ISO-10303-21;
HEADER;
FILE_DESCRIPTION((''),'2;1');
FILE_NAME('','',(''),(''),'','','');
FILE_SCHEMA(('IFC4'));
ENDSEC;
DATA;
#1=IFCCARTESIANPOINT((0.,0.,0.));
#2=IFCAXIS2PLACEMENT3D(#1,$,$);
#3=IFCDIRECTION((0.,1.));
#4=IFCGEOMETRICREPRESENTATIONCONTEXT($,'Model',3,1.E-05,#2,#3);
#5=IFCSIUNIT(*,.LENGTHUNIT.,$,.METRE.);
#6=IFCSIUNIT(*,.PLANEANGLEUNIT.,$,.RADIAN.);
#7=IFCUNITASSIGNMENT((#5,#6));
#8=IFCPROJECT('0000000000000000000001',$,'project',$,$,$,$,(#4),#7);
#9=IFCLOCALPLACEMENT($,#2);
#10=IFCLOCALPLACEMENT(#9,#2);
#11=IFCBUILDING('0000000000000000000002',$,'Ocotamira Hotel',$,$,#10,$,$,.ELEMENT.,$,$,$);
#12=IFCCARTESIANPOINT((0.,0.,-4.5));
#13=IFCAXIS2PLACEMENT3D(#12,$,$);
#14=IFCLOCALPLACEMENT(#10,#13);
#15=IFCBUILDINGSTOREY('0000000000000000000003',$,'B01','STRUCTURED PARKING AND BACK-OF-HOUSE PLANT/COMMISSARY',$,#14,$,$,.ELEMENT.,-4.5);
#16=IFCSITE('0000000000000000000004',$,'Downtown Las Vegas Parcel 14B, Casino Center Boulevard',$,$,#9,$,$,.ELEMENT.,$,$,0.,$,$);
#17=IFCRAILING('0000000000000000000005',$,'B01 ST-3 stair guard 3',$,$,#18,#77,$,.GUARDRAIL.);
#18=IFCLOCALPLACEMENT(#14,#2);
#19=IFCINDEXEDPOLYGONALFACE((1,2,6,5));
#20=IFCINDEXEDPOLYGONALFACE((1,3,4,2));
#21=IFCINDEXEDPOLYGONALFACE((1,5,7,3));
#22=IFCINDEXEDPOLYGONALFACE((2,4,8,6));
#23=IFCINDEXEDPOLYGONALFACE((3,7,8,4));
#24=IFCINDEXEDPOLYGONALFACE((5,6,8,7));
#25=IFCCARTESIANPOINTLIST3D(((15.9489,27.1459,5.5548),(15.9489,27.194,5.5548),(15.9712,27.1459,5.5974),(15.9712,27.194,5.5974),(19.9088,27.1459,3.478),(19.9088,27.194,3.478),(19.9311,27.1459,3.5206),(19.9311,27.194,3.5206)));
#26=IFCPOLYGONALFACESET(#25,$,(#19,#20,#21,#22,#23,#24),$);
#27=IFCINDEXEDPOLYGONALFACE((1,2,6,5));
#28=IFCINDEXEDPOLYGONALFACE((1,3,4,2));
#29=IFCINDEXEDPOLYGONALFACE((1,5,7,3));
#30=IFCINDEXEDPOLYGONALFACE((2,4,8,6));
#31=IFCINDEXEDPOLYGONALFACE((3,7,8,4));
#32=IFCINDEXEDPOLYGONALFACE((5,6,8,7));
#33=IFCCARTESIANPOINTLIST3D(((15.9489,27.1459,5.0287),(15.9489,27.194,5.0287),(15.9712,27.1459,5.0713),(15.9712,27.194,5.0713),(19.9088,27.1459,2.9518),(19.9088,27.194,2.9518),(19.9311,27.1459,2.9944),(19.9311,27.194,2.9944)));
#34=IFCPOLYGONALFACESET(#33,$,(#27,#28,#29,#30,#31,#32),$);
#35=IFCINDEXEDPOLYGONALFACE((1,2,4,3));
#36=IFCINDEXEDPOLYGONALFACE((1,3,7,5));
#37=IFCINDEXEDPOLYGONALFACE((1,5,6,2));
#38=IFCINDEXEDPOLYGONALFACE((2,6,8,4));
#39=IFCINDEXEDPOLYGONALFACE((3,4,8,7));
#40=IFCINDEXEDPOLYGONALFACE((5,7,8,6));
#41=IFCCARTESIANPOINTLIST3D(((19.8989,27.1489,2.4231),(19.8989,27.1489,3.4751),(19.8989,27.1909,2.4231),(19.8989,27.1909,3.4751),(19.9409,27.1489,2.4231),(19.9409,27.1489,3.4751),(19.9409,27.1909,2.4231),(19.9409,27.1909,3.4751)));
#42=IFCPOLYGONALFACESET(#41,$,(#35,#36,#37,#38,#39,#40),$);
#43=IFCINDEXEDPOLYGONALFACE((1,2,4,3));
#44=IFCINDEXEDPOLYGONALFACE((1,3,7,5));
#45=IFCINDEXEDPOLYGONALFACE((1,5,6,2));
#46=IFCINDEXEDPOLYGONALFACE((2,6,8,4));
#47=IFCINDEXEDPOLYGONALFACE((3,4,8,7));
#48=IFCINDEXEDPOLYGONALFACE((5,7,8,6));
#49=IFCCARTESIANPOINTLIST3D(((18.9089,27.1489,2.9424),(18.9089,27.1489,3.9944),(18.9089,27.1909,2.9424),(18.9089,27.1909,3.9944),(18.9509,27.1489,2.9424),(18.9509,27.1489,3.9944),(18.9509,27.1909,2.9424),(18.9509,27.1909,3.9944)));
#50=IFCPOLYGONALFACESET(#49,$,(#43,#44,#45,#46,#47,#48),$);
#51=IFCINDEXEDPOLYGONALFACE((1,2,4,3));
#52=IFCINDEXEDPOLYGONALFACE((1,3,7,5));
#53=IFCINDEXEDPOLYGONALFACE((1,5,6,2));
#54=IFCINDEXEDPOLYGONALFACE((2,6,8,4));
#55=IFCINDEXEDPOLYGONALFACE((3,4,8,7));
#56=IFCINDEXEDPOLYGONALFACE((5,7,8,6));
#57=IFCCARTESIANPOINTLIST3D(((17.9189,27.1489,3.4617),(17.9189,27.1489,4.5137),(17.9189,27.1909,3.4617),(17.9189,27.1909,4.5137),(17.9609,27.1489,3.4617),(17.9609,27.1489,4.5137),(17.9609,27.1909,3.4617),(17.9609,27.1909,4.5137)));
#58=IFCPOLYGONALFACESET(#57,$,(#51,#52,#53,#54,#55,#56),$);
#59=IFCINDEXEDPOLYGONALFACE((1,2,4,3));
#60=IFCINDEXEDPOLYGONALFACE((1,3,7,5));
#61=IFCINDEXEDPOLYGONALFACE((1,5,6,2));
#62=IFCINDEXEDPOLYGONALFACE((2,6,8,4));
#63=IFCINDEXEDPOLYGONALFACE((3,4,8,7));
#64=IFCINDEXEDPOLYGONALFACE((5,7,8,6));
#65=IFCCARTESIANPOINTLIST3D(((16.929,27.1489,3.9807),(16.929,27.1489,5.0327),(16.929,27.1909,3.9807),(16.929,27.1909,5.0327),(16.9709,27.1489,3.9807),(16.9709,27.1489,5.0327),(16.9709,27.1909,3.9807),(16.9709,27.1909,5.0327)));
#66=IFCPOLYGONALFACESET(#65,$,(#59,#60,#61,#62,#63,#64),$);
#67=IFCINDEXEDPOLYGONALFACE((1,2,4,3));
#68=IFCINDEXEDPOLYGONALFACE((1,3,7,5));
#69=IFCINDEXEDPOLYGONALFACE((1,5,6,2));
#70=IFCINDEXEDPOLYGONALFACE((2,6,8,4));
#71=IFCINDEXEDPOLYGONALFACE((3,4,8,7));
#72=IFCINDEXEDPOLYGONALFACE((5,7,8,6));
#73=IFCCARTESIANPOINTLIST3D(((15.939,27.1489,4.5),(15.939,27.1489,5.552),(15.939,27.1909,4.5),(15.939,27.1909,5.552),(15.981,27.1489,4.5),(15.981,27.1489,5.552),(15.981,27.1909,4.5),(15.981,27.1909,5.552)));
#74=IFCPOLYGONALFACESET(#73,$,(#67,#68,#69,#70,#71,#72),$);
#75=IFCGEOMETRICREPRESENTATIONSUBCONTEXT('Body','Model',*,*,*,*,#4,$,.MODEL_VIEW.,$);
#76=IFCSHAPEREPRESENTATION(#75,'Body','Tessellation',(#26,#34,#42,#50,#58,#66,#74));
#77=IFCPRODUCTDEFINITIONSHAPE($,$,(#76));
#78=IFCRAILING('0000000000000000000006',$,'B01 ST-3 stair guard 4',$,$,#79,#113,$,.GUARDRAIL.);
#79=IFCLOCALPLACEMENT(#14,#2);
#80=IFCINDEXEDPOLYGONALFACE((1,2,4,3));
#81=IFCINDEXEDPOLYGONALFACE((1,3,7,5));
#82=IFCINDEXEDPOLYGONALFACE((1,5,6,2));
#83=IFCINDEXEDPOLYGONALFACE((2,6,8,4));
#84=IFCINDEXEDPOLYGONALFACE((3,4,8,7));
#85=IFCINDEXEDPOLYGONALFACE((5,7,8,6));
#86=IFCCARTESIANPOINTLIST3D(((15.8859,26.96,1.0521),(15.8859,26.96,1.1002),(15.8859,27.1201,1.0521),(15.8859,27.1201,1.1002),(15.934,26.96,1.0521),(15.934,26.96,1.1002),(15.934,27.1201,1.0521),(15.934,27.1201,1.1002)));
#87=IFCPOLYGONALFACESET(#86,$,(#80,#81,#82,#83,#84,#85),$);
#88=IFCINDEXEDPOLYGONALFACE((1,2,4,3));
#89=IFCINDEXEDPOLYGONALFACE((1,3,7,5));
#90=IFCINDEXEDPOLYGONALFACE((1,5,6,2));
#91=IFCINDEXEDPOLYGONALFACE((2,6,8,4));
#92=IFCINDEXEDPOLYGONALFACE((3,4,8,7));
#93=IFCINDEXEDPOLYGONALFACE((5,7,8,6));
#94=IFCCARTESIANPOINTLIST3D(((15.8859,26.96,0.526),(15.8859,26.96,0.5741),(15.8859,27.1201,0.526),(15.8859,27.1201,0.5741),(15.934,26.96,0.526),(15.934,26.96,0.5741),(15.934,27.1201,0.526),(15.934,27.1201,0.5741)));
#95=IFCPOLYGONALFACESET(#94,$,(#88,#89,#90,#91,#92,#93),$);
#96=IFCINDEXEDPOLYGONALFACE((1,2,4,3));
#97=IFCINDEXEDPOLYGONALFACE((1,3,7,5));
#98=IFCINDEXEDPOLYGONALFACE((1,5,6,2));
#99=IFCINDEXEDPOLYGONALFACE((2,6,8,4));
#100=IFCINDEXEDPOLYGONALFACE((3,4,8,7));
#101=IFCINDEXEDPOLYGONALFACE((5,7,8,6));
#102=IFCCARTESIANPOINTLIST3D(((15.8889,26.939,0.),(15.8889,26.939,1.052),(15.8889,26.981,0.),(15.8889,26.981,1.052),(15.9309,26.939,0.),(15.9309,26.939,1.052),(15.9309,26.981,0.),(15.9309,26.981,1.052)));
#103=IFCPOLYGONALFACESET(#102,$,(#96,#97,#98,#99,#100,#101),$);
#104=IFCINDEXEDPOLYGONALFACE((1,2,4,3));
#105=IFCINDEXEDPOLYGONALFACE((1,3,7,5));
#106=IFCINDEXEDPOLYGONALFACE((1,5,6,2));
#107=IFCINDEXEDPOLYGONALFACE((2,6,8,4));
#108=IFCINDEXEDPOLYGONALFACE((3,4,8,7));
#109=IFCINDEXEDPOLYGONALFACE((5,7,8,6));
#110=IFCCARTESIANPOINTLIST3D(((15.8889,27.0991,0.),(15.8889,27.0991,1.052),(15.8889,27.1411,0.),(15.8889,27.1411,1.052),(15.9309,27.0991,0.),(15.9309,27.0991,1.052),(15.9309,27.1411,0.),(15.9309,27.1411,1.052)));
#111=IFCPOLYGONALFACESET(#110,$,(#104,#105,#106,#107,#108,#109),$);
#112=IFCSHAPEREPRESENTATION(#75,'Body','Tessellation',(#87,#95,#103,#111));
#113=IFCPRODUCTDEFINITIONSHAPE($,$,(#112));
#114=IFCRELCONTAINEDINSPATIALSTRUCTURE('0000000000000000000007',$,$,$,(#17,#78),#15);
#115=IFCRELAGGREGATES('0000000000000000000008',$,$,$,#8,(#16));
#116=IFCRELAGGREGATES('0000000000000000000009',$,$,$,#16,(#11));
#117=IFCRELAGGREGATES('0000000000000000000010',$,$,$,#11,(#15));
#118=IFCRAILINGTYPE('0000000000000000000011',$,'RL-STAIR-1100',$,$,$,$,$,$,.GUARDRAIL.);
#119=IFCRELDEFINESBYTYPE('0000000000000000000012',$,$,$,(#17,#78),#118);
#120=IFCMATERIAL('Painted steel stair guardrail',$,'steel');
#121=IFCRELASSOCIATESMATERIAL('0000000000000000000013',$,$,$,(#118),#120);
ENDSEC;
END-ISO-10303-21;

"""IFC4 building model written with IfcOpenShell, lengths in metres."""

from ifc_helpers import new_model, si_unit, direction, frame, origin, origin_2d, place, context, subcontext, project, spatial, rectangle, extrude, material, type_object, element, save


model = new_model("IFC4")

# Units and contexts
model_context = context("Model", 3, precision=1e-05, world=origin(), true_north=direction((0.0, 1.0)))
body_context = subcontext(model_context, "Body", "Model", "MODEL_VIEW")
ifc_project = project(units=[si_unit("LENGTHUNIT", "METRE"), si_unit("PLANEANGLEUNIT", "RADIAN")], contexts=[model_context])

# Site, building, storey
site_placement = place(None, origin())
site = spatial("IfcSite", under=ifc_project, at=site_placement, Name="Downtown Las Vegas Parcel 14B, Casino Center Boulevard", CompositionType="ELEMENT", RefElevation=0.0)
building_placement = place(site_placement, origin())
building = spatial("IfcBuilding", under=site, at=building_placement, Name="Ocotamira Hotel", CompositionType="ELEMENT")
storey_placement = place(building_placement, frame((0.0, 0.0, -4.5)))
storey = spatial("IfcBuildingStorey", under=building, at=storey_placement, Name="B01", Description="STRUCTURED PARKING AND BACK-OF-HOUSE PLANT/COMMISSARY", CompositionType="ELEMENT", Elevation=-4.5)

# Railings
ifc_material_1 = material(Name="Painted steel stair guardrail", Category="steel")
railing_type_1 = type_object("IfcRailingType", Name="RL-STAIR-1100", PredefinedType="GUARDRAIL", material=ifc_material_1)
railing_1_placement = place(storey_placement, frame((19.9199, 27.1699, 2.4231)))
element("IfcRailing", 1, at=railing_1_placement, inside=storey, type_object=railing_type_1, Name="B01 ST-3 stair guard 3", PredefinedType="GUARDRAIL", context=body_context, shape_type="SweptSolid", body=[
    extrude(rectangle(XDim=0.0481, YDim=0.0481, at=origin_2d()), frame((0.0, 0.0, 1.0762), z_axis=(-0.885589, 0.0, 0.46447), x_axis=(0.0, -1.0, 0.0)), (0.0, 0.0, 1.0), 4.4714),
    extrude(rectangle(XDim=0.0481, YDim=0.0481, at=origin_2d()), frame((0.0, 0.0, 0.55), z_axis=(-0.885589, 0.0, 0.46447), x_axis=(0.0, -1.0, 0.0)), (0.0, 0.0, 1.0), 4.4714),
    extrude(rectangle(XDim=0.042, YDim=0.042, at=origin_2d()), origin(), (0.0, 0.0, 1.0), 1.052),
    extrude(rectangle(XDim=0.042, YDim=0.042, at=origin_2d()), frame((-0.99, 0.0, 0.5193)), (0.0, 0.0, 1.0), 1.052),
    extrude(rectangle(XDim=0.042, YDim=0.042, at=origin_2d()), frame((-1.98, 0.0, 1.0386)), (0.0, 0.0, 1.0), 1.052),
    extrude(rectangle(XDim=0.042, YDim=0.042, at=origin_2d()), frame((-2.97, 0.0, 1.5576)), (0.0, 0.0, 1.0), 1.052),
    extrude(rectangle(XDim=0.042, YDim=0.042, at=origin_2d()), frame((-3.96, 0.0, 2.0769)), (0.0, 0.0, 1.0), 1.052),
])
railing_2_placement = place(storey_placement, frame((15.9099, 26.96, 0.0)))
element("IfcRailing", 2, at=railing_2_placement, inside=storey, type_object=railing_type_1, Name="B01 ST-3 stair guard 4", PredefinedType="GUARDRAIL", context=body_context, shape_type="SweptSolid", body=[
    extrude(rectangle(XDim=0.0481, YDim=0.0481, at=origin_2d()), frame((0.0, 0.0, 1.0762), z_axis=(0.0, 1.0, 0.0), x_axis=(-1.0, 0.0, 0.0)), (0.0, 0.0, 1.0), 0.1602),
    extrude(rectangle(XDim=0.0481, YDim=0.0481, at=origin_2d()), frame((0.0, 0.0, 0.55), z_axis=(0.0, 1.0, 0.0), x_axis=(-1.0, 0.0, 0.0)), (0.0, 0.0, 1.0), 0.1602),
    extrude(rectangle(XDim=0.042, YDim=0.042, at=origin_2d()), origin(), (0.0, 0.0, 1.0), 1.052),
    extrude(rectangle(XDim=0.042, YDim=0.042, at=origin_2d()), frame((0.0, 0.1602, 0.0)), (0.0, 0.0, 1.0), 1.052),
])

save(model, "model.ifc")
